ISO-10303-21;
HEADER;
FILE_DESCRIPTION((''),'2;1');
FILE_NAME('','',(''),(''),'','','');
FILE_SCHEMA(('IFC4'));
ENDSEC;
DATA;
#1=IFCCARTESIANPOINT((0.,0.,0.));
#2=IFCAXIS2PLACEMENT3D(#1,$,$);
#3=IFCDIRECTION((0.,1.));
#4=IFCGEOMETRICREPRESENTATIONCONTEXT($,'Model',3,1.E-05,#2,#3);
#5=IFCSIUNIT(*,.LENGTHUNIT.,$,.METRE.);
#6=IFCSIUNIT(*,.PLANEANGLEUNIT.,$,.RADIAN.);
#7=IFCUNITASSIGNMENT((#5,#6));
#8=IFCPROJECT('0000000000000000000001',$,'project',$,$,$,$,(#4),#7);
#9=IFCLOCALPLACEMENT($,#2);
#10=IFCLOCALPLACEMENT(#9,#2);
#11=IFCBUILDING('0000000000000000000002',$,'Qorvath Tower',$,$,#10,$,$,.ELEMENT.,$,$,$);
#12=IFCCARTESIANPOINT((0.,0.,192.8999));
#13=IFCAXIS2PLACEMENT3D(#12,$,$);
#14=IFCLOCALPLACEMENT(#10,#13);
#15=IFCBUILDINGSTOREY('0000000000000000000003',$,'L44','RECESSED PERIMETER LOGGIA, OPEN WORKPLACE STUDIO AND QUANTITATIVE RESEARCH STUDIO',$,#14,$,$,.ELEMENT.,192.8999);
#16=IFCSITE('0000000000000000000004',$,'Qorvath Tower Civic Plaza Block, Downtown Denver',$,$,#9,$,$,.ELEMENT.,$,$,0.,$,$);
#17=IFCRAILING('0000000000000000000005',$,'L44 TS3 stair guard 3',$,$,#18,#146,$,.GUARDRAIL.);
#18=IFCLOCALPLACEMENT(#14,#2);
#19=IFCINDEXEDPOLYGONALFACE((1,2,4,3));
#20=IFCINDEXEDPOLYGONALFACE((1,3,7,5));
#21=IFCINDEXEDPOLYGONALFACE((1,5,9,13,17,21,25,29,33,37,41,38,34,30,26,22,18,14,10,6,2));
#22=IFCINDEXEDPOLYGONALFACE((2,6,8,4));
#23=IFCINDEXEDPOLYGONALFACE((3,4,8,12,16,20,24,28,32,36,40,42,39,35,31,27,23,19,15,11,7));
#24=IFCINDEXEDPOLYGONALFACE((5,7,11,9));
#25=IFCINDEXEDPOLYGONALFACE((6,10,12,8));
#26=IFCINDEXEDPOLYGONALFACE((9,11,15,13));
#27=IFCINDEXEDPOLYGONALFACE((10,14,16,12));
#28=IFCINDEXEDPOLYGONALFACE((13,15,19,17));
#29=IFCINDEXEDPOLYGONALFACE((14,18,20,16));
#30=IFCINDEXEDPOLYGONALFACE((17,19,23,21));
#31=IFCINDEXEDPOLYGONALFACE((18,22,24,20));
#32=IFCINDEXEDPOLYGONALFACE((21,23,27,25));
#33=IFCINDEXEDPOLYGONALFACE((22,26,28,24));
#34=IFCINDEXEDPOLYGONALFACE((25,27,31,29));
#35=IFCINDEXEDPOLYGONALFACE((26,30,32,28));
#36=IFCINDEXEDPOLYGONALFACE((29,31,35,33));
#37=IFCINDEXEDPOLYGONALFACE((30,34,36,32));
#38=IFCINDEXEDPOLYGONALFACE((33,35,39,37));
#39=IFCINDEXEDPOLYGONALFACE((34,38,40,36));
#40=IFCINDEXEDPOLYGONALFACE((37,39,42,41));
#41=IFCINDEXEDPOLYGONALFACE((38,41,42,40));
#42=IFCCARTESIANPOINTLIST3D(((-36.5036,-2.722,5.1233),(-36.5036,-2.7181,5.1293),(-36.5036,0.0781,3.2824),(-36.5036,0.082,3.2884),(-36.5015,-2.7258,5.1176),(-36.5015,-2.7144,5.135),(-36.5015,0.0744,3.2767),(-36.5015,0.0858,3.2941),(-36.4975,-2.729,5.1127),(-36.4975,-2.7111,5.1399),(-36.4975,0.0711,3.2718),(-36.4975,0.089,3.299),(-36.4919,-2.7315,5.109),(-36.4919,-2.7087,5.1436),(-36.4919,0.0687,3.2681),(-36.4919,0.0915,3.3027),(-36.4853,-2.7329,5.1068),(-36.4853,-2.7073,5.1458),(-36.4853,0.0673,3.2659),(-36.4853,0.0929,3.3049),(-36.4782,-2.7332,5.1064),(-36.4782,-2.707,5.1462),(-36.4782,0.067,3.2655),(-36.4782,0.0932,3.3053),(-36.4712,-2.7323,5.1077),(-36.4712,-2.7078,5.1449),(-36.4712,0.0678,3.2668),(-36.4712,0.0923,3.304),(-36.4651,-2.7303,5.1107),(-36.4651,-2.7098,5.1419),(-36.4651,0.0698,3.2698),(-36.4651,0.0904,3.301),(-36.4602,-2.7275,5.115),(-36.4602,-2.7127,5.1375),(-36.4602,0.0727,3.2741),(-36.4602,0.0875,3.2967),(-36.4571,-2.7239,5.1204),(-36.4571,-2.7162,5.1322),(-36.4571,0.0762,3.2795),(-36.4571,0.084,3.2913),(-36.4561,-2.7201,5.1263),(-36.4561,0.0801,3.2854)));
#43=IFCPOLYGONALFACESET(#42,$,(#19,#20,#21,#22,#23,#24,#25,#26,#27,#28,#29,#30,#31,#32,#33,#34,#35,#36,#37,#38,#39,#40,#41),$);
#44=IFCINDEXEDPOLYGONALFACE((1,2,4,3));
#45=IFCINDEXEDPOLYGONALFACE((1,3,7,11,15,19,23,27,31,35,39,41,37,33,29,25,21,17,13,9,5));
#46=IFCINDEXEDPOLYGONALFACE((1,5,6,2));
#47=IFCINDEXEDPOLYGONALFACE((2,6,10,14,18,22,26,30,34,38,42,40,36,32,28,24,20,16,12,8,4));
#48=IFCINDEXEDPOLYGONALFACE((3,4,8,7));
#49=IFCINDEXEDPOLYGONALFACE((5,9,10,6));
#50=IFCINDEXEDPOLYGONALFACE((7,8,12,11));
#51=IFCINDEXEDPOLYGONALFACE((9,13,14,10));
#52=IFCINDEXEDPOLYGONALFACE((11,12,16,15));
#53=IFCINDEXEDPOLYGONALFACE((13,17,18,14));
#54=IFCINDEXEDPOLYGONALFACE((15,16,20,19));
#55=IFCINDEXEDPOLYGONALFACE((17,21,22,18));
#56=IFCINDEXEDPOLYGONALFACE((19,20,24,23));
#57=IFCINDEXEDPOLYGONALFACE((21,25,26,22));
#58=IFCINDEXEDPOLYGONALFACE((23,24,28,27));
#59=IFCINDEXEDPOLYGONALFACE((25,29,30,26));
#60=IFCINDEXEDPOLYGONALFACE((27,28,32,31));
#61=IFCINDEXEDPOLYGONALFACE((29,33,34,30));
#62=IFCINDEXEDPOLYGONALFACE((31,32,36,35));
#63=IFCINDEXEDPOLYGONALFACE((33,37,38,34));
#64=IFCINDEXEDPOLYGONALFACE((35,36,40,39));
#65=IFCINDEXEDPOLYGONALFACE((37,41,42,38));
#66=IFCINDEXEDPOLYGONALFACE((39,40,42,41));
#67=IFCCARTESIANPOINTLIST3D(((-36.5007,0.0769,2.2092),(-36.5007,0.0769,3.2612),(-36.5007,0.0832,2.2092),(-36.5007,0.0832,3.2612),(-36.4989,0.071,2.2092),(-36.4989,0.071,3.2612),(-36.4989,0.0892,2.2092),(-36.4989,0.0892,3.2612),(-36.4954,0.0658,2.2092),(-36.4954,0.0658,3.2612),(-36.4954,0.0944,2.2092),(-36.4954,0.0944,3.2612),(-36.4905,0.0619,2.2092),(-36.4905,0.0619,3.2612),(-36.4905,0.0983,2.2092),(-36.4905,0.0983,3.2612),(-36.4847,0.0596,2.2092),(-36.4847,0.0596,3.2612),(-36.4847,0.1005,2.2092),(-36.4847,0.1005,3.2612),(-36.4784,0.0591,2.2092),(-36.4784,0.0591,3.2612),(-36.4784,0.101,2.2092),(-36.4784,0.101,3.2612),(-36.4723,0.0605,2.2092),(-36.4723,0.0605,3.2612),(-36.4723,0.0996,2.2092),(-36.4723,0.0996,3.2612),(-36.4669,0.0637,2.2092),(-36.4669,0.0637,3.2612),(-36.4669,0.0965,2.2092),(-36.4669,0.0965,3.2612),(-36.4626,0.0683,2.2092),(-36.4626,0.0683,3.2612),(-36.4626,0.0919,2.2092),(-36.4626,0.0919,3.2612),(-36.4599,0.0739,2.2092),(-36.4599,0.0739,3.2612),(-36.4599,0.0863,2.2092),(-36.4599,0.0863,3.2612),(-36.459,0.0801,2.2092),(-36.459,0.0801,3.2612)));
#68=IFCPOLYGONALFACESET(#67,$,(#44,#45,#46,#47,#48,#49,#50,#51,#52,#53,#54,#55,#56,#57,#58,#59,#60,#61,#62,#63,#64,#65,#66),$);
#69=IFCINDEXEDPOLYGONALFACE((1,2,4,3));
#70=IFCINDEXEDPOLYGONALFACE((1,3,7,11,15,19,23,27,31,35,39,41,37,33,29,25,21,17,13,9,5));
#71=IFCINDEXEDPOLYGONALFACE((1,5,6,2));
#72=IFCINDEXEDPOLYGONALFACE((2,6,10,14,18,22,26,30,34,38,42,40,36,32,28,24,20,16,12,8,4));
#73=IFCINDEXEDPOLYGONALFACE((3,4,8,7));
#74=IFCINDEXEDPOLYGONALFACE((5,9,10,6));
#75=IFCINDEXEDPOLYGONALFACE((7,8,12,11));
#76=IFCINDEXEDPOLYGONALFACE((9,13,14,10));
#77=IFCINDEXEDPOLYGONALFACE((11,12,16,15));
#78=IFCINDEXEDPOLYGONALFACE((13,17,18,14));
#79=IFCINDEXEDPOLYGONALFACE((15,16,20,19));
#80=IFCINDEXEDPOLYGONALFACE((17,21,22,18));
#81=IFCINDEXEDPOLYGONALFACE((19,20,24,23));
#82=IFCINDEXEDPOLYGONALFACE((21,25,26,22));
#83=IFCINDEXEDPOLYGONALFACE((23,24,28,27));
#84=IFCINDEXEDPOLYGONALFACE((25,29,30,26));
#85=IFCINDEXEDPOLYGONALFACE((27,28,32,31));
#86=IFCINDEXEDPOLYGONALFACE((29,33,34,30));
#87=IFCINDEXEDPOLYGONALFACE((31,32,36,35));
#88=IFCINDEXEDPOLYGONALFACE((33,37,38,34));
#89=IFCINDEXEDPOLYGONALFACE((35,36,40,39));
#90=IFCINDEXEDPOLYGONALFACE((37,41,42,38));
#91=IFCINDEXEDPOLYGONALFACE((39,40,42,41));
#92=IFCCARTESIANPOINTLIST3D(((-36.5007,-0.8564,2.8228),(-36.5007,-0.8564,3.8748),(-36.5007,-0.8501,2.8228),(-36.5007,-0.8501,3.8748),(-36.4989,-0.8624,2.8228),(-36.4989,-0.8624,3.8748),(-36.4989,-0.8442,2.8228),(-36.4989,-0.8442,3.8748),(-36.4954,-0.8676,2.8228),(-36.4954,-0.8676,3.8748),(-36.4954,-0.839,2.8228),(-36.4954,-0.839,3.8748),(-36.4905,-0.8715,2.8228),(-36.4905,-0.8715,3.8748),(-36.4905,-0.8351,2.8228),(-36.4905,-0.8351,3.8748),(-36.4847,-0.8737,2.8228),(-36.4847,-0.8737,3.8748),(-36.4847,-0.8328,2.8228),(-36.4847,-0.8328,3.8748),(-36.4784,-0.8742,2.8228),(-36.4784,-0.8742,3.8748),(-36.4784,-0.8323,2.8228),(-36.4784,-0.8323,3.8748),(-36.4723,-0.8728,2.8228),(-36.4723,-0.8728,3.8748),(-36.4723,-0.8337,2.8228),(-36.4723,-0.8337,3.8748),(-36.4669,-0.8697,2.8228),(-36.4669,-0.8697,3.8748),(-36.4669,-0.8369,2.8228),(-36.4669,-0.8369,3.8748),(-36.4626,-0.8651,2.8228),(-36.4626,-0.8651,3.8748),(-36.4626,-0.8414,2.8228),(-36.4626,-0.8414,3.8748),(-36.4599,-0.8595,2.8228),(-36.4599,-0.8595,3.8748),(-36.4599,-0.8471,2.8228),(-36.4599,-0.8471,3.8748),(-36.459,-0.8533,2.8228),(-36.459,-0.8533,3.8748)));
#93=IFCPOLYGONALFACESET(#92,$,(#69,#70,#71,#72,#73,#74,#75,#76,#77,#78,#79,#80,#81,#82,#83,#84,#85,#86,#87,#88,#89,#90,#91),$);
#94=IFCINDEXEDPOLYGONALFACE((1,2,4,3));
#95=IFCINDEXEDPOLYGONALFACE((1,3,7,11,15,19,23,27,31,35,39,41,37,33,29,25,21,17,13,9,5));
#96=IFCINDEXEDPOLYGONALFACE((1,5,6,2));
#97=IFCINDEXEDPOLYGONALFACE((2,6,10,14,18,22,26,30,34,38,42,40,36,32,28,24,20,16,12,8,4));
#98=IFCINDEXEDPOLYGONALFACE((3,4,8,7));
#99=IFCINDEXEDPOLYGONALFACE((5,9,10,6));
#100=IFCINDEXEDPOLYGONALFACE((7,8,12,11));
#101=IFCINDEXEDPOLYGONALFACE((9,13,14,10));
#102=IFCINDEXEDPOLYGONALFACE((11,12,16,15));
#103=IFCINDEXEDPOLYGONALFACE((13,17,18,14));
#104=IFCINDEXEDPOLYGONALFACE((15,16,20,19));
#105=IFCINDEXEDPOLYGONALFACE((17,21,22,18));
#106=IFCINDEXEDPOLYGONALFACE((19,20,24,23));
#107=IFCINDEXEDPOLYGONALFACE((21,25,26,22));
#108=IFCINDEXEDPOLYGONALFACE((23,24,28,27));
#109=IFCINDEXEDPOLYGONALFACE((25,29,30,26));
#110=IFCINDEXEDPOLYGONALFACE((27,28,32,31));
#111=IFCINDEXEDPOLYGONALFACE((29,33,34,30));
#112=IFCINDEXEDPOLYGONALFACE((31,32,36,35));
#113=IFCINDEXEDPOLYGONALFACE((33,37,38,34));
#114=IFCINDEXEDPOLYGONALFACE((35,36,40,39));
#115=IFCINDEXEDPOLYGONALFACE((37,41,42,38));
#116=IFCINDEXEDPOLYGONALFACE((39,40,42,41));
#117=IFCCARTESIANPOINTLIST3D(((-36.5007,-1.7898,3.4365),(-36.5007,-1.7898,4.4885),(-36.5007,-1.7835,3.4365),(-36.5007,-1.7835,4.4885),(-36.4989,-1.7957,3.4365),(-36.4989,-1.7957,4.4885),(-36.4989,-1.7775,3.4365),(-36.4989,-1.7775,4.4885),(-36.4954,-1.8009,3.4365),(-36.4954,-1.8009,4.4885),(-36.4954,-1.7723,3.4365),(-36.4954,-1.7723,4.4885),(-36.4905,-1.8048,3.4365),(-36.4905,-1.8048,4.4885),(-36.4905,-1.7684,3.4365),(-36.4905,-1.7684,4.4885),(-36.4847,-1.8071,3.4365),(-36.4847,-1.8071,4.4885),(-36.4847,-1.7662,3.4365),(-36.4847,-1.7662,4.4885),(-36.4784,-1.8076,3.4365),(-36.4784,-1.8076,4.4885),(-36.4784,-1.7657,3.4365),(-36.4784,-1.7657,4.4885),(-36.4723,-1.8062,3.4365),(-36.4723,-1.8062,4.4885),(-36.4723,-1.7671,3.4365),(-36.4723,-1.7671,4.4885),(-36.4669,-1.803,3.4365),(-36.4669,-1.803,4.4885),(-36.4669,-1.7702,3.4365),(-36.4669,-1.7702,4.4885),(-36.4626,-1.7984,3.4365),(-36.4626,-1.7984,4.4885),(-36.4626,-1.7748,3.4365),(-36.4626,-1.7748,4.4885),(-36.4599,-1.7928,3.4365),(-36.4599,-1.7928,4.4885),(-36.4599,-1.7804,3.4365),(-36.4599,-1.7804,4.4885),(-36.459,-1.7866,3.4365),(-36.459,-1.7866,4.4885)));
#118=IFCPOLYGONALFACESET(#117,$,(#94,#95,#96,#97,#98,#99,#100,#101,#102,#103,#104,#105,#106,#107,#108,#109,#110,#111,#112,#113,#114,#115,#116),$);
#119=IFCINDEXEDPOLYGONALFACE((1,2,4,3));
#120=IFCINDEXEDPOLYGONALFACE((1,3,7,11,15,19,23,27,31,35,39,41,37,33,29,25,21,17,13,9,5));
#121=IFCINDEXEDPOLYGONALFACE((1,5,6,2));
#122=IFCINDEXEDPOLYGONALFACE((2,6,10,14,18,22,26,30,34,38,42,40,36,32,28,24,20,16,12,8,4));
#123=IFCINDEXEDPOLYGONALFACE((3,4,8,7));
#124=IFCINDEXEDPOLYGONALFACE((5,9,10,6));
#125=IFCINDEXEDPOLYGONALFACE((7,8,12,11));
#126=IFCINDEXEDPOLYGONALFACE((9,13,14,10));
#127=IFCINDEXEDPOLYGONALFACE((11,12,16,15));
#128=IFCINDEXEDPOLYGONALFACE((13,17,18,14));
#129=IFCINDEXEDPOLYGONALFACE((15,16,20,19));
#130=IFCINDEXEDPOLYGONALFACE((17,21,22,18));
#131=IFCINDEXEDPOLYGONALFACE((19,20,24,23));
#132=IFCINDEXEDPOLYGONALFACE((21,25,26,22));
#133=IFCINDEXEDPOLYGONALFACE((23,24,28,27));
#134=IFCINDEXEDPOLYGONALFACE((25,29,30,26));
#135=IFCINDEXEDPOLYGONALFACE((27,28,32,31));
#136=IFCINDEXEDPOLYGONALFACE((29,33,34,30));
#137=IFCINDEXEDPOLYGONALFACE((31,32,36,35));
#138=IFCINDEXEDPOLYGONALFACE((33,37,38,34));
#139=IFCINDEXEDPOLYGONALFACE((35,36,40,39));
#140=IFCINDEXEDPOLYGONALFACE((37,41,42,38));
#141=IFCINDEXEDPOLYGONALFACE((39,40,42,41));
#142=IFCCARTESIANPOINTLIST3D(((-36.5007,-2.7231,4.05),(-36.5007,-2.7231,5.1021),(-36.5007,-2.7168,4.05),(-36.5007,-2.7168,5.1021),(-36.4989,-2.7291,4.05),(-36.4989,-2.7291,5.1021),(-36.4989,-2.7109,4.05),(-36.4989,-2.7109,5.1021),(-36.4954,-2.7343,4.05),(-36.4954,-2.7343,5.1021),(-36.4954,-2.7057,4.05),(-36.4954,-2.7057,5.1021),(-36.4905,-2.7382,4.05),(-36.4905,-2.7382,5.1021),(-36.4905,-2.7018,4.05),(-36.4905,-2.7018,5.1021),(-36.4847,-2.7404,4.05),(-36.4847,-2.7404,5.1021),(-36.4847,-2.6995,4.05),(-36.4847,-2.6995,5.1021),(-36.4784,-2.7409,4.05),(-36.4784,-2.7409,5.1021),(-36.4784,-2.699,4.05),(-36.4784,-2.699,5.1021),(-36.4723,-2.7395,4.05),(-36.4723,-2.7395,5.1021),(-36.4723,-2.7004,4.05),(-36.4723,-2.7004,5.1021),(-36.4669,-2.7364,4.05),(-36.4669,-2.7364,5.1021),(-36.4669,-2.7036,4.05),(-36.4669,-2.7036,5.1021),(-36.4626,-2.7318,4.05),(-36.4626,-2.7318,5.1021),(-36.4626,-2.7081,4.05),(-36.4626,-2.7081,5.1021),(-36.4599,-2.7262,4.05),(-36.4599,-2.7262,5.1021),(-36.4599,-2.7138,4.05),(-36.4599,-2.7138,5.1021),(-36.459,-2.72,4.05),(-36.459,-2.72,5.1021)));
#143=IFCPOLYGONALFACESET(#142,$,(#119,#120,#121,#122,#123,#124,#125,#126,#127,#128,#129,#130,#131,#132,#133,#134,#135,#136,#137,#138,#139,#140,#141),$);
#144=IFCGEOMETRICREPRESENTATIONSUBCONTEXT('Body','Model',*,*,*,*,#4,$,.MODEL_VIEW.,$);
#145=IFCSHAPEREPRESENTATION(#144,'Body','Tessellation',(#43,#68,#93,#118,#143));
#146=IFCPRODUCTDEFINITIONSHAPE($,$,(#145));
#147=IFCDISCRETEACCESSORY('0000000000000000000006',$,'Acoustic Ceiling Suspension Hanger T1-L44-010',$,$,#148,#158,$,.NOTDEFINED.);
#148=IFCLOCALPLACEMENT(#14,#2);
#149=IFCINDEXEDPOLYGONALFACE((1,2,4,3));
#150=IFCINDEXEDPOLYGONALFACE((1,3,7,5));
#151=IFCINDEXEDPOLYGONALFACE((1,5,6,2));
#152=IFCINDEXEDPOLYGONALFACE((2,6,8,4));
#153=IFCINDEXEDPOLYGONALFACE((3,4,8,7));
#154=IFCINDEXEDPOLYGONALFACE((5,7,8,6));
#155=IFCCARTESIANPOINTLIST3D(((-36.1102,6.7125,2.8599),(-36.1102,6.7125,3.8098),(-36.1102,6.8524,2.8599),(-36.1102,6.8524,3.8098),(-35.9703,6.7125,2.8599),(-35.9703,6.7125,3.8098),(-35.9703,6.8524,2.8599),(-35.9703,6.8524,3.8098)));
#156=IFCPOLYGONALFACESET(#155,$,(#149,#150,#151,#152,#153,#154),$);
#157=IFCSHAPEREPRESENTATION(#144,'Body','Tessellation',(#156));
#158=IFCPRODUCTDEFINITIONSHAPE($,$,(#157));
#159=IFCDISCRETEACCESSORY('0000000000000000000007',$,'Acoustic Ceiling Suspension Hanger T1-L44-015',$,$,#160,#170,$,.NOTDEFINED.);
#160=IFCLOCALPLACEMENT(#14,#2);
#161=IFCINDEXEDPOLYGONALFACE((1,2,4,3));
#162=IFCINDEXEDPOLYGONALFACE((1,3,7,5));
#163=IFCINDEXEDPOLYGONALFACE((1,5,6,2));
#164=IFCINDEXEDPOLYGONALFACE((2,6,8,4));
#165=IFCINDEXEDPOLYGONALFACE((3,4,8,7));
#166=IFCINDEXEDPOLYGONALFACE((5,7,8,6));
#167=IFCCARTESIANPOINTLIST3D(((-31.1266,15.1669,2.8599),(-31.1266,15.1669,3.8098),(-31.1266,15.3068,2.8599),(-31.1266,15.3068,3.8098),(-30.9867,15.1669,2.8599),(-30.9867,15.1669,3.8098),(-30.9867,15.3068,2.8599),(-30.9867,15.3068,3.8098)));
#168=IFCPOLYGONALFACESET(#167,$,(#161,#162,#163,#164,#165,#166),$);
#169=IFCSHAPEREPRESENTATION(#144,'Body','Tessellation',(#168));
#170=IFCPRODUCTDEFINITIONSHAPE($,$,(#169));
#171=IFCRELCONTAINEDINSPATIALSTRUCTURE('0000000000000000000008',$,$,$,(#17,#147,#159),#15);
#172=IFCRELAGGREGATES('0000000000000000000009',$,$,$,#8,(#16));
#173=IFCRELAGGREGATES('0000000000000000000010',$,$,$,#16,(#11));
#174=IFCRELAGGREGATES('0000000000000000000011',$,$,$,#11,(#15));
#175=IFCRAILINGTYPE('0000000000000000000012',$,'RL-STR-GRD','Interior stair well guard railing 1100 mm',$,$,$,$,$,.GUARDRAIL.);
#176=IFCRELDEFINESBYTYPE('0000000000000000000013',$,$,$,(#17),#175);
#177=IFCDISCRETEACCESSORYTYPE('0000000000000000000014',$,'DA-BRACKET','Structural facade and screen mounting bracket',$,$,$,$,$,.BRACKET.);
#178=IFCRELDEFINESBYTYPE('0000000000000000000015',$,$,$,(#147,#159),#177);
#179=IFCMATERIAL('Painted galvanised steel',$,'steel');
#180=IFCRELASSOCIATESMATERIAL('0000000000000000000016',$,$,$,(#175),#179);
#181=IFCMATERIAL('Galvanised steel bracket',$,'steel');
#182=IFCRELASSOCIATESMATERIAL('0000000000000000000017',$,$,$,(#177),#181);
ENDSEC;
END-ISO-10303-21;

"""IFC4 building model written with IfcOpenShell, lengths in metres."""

from ifc_helpers import new_model, si_unit, direction, frame, origin, origin_2d, place, context, subcontext, project, spatial, rectangle, circle, extrude, material, type_object, element, save


model = new_model("IFC4")

# Units and contexts
model_context = context("Model", 3, precision=1e-05, world=origin(), true_north=direction((0.0, 1.0)))
body_context = subcontext(model_context, "Body", "Model", "MODEL_VIEW")
ifc_project = project(units=[si_unit("LENGTHUNIT", "METRE"), si_unit("PLANEANGLEUNIT", "RADIAN")], contexts=[model_context])

# Site, building, storey
site_placement = place(None, origin())
site = spatial("IfcSite", under=ifc_project, at=site_placement, Name="Qorvath Tower Civic Plaza Block, Downtown Denver", CompositionType="ELEMENT", RefElevation=0.0)
building_placement = place(site_placement, origin())
building = spatial("IfcBuilding", under=site, at=building_placement, Name="Qorvath Tower", CompositionType="ELEMENT")
storey_placement = place(building_placement, frame((0.0, 0.0, 192.8999)))
storey = spatial("IfcBuildingStorey", under=building, at=storey_placement, Name="L44", Description="RECESSED PERIMETER LOGGIA, OPEN WORKPLACE STUDIO AND QUANTITATIVE RESEARCH STUDIO", CompositionType="ELEMENT", Elevation=192.8999)

# Railing
ifc_material_1 = material(Name="Painted galvanised steel", Category="steel")
railing_type = type_object("IfcRailingType", Name="RL-STR-GRD", Description="Interior stair well guard railing 1100 mm", PredefinedType="GUARDRAIL", material=ifc_material_1)
railing_1_placement = place(storey_placement, frame((-36.48, 0.0801, 2.2092)))
element("IfcRailing", 1, at=railing_1_placement, inside=storey, type_object=railing_type, Name="L44 TS3 stair guard 3", PredefinedType="GUARDRAIL", context=body_context, shape_type="SweptSolid", body=[
    extrude(circle(Radius=0.0239, at=origin_2d()), frame((0.0, 0.0, 1.0762), z_axis=(0.0, -0.835598, 0.549342), x_axis=(1.0, 0.0, 0.0)), (0.0, 0.0, 1.0), 3.3511),
    extrude(circle(Radius=0.021, at=origin_2d()), origin(), (0.0, 0.0, 1.0), 1.052),
    extrude(circle(Radius=0.021, at=origin_2d()), frame((0.0, -0.9333, 0.6135)), (0.0, 0.0, 1.0), 1.052),
    extrude(circle(Radius=0.021, at=origin_2d()), frame((0.0, -1.8667, 1.2273)), (0.0, 0.0, 1.0), 1.052),
    extrude(circle(Radius=0.021, at=origin_2d()), frame((0.0, -2.8, 1.8408)), (0.0, 0.0, 1.0), 1.052),
])

# Discrete accessories
ifc_material_2 = material(Name="Galvanised steel bracket", Category="steel")
discrete_accessory_type = type_object("IfcDiscreteAccessoryType", Name="DA-BRACKET", Description="Structural facade and screen mounting bracket", PredefinedType="BRACKET", material=ifc_material_2)
for number, where, z_axis, x_axis, name in (
    (2, (-36.0403, 6.7825, 2.8599), (0.0, 0.0, 1.0), (1.0, 0.0, 0.0), "Acoustic Ceiling Suspension Hanger T1-L44-010"),
    (3, (-31.0566, 15.2368, 2.8599), (0.0, 0.0, 1.0), (1.0, 0.0, 0.0), "Acoustic Ceiling Suspension Hanger T1-L44-015"),
):
    element("IfcDiscreteAccessory", number, at=place(storey_placement, frame(where, z_axis=z_axis, x_axis=x_axis)), inside=storey, type_object=discrete_accessory_type, Name=name, PredefinedType="NOTDEFINED", context=body_context, shape_type="SweptSolid", body=[
        extrude(rectangle(XDim=0.1399, YDim=0.1399, at=origin_2d()), origin(), (0.0, 0.0, 1.0), 0.95),
    ])

save(model, "model.ifc")
